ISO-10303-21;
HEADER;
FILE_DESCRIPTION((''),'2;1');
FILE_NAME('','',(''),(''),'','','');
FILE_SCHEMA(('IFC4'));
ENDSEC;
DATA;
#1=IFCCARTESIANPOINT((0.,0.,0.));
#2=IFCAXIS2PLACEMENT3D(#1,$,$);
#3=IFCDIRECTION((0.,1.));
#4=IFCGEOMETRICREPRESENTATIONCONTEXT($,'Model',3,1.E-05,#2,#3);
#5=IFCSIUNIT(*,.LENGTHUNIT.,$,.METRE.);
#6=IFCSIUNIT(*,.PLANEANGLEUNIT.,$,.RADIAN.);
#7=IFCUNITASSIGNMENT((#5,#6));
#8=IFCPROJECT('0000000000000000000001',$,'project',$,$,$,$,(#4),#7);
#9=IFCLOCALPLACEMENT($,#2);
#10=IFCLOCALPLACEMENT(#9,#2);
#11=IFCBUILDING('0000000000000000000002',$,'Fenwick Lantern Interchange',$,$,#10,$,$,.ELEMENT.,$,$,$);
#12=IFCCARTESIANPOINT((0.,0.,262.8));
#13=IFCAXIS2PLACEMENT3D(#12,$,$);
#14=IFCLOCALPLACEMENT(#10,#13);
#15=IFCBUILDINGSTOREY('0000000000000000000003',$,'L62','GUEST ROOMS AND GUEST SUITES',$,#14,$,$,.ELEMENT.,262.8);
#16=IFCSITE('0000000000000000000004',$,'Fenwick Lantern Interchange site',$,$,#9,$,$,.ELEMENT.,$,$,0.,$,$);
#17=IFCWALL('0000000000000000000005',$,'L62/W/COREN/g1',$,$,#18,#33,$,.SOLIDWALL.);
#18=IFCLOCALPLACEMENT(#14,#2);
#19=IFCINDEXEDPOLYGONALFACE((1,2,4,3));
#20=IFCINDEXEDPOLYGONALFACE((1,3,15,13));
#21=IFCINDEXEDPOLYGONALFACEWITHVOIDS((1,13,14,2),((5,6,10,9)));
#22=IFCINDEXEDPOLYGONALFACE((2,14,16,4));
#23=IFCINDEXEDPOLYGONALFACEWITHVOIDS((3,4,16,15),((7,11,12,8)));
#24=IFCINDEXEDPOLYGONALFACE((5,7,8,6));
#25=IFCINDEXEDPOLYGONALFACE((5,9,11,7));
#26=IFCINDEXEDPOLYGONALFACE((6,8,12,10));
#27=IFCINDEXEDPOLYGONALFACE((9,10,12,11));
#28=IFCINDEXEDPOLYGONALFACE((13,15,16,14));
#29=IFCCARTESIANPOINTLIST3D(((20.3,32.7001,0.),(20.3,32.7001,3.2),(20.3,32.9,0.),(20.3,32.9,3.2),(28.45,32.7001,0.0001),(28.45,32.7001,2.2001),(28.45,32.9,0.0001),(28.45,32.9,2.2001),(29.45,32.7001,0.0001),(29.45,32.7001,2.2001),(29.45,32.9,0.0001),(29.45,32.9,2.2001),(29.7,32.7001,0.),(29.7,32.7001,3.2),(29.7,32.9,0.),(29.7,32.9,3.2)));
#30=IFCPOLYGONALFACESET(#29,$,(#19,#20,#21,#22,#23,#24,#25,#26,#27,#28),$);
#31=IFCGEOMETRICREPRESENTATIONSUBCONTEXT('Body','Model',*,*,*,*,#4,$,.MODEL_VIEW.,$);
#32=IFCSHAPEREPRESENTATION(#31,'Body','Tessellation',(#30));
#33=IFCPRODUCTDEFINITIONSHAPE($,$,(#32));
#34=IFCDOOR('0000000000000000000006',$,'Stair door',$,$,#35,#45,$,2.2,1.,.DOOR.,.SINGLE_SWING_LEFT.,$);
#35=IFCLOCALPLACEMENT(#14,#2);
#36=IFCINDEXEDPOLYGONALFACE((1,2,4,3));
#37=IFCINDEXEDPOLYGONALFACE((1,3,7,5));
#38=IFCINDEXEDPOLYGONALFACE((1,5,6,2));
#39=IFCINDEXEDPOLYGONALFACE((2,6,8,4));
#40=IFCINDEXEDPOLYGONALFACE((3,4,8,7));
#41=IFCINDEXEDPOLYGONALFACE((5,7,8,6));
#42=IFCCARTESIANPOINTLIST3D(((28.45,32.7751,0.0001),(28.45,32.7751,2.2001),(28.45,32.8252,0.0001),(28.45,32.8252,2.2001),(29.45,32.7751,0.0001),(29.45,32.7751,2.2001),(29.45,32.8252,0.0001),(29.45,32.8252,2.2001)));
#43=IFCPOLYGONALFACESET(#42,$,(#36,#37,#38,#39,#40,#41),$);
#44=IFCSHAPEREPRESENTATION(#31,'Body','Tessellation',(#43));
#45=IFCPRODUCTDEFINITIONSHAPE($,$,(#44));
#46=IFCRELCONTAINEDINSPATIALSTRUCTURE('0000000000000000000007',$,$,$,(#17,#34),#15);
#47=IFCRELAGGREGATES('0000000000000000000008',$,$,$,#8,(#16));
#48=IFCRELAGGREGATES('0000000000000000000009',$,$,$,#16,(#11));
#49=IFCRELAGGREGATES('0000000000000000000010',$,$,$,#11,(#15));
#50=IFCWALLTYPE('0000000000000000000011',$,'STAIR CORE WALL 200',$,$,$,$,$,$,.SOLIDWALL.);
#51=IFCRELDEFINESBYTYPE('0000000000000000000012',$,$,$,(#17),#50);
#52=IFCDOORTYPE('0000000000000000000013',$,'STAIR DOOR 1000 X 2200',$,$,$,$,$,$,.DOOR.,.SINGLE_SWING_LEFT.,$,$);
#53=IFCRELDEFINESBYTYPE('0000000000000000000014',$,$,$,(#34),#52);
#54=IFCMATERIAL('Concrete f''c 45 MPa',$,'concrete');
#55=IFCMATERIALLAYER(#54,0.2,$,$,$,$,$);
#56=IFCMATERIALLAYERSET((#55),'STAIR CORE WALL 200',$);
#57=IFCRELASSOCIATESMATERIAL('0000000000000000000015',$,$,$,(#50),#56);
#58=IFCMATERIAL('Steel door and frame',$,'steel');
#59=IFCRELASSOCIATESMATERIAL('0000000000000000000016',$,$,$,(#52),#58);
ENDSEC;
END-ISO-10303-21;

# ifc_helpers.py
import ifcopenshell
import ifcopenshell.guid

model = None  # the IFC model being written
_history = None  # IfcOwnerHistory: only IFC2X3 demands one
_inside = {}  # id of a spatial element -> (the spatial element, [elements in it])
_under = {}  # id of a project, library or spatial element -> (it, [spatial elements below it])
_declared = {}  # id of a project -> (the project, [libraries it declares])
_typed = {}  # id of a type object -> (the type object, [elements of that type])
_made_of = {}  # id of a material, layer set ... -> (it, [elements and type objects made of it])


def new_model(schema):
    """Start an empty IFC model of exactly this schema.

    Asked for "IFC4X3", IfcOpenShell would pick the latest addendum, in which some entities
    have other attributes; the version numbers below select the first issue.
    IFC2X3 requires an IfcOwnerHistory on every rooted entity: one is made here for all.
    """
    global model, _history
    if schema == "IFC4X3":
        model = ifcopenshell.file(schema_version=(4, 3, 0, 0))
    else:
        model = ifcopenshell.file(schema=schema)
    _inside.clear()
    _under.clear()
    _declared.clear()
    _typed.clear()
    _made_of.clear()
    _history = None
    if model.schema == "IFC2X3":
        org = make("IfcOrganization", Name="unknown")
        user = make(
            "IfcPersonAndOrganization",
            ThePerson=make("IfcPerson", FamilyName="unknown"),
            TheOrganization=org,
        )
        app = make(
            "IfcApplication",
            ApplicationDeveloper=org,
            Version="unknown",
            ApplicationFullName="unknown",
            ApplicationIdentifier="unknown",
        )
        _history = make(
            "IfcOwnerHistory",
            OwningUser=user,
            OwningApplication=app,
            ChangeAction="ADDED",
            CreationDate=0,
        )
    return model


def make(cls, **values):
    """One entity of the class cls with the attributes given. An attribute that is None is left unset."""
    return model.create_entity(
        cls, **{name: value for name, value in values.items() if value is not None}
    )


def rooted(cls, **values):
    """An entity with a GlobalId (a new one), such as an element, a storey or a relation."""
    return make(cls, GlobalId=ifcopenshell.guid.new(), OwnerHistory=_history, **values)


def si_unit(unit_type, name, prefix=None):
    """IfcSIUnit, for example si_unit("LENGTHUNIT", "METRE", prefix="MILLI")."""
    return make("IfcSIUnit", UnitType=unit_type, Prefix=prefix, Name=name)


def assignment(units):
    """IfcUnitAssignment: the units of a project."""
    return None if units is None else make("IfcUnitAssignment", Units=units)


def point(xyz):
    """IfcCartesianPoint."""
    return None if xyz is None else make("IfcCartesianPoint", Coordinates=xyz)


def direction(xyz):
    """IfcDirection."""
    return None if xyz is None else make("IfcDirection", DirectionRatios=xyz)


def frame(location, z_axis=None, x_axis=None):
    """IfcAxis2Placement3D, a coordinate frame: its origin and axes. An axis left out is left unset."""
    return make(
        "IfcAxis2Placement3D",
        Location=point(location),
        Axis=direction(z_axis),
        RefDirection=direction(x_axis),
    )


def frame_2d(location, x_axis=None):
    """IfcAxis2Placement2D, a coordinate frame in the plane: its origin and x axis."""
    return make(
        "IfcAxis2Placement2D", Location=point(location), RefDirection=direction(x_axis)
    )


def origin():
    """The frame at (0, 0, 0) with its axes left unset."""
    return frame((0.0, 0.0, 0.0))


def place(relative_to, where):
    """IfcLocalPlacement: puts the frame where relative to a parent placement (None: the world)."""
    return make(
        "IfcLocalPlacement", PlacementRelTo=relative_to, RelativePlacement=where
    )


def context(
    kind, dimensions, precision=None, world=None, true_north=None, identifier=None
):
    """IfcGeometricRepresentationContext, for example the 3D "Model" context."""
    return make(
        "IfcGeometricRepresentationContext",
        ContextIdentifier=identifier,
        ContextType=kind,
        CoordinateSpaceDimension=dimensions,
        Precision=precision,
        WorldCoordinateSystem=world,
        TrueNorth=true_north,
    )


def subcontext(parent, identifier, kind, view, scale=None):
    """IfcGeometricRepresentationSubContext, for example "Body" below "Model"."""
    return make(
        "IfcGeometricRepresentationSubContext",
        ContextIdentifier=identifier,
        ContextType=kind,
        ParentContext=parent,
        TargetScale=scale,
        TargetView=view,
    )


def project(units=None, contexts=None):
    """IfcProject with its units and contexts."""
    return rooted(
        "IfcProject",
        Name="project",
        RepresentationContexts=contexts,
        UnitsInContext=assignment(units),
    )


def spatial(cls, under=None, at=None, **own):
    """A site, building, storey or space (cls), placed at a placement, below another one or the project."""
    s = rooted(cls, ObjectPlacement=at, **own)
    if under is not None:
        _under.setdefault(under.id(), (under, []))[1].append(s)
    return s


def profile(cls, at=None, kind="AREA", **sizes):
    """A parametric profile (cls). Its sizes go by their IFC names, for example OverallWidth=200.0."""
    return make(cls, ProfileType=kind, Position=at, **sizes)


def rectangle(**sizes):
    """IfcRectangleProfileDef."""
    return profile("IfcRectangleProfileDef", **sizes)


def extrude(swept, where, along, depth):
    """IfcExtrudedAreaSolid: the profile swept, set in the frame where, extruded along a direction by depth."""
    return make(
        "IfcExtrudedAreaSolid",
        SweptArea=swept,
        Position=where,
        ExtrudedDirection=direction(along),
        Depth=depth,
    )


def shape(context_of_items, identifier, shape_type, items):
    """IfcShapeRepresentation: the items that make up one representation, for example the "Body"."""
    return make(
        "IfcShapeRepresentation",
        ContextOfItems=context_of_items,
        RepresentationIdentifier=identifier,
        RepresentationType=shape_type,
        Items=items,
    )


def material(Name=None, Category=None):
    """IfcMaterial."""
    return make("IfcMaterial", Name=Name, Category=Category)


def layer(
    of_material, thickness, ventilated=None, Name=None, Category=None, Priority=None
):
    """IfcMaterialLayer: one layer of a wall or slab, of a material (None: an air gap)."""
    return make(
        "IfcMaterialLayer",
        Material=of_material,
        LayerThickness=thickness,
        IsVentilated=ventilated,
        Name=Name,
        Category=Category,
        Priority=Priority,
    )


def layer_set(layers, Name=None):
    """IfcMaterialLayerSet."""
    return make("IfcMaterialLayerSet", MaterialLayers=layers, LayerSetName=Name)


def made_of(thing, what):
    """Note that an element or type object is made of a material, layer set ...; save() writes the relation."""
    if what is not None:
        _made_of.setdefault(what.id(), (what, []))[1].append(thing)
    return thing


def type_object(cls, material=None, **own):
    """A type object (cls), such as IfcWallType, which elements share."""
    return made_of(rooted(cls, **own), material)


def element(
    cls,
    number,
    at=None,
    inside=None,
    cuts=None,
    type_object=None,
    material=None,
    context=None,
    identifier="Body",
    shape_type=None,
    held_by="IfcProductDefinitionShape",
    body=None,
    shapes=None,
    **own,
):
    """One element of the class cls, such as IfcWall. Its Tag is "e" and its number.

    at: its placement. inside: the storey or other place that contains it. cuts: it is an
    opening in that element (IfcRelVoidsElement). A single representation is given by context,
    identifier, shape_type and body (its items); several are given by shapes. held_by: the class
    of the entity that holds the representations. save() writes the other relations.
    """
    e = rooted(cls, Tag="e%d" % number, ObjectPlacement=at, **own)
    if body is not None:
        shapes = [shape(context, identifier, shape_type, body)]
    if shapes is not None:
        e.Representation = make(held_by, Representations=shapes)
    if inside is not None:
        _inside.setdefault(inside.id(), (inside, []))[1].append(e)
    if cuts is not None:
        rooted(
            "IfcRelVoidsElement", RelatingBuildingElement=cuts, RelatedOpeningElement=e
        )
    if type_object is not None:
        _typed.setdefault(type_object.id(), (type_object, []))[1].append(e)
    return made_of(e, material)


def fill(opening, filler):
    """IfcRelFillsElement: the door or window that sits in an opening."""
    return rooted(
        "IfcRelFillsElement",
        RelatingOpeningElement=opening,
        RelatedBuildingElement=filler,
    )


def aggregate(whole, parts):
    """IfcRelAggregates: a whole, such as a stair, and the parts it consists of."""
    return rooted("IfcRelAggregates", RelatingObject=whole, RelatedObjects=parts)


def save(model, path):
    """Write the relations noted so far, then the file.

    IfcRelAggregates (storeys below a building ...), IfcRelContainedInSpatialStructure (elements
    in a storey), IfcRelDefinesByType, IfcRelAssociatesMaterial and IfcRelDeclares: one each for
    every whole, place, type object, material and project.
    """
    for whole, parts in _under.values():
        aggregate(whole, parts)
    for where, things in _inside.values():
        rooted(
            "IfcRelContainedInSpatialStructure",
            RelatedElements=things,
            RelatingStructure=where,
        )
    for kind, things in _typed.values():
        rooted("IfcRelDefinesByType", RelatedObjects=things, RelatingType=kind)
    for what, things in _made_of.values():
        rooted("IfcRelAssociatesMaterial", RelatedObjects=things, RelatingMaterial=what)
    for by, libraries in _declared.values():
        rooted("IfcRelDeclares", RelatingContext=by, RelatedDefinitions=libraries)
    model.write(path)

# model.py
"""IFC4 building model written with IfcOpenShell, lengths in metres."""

from ifc_helpers import new_model, si_unit, direction, frame, frame_2d, origin, place, context, subcontext, project, spatial, rectangle, extrude, material, layer, layer_set, type_object, element, fill, save


model = new_model("IFC4")

# Units and contexts
model_context = context("Model", 3, precision=1e-05, world=origin(), true_north=direction((0.0, 1.0)))
body_context = subcontext(model_context, "Body", "Model", "MODEL_VIEW")
ifc_project = project(units=[si_unit("LENGTHUNIT", "METRE"), si_unit("PLANEANGLEUNIT", "RADIAN")], contexts=[model_context])

# Site, building, storey
site_placement = place(None, origin())
site = spatial("IfcSite", under=ifc_project, at=site_placement, Name="Fenwick Lantern Interchange site", CompositionType="ELEMENT", RefElevation=0.0)
building_placement = place(site_placement, origin())
building = spatial("IfcBuilding", under=site, at=building_placement, Name="Fenwick Lantern Interchange", CompositionType="ELEMENT")
storey_placement = place(building_placement, frame((0.0, 0.0, 262.8)))
storey = spatial("IfcBuildingStorey", under=building, at=storey_placement, Name="L62", Description="GUEST ROOMS AND GUEST SUITES", CompositionType="ELEMENT", Elevation=262.8)

# Shared definitions
ifc_material_1 = material(Name="Steel door and frame", Category="steel")
ifc_material_2 = material(Name="Concrete f'c 45 MPa", Category="concrete")
ifc_layer_1 = layer(ifc_material_2, 0.2)
ifc_layer_set_1 = layer_set([ifc_layer_1], Name="STAIR CORE WALL 200")
wall_type_1 = type_object("IfcWallType", Name="STAIR CORE WALL 200", PredefinedType="SOLIDWALL", material=ifc_layer_set_1)

# Wall, opening, door
wall_1_placement = place(storey_placement, frame((29.7, 32.8, 0.0), z_axis=(0.0, 0.0, 1.0), x_axis=(-1.0, 0.0, 0.0)))
wall_1 = element("IfcWall", 1, at=wall_1_placement, inside=storey, type_object=wall_type_1, Name="L62/W/COREN/g1", PredefinedType="SOLIDWALL", context=body_context, shape_type="SweptSolid", body=[
    extrude(rectangle(XDim=9.3999, YDim=0.2, at=frame_2d((4.7, 0.0))), origin(), (0.0, 0.0, 1.0), 3.2),
])
opening_1_placement = place(wall_1_placement, frame((0.25, 0.0, 0.0)))
opening_1 = element("IfcOpeningElement", 2, at=opening_1_placement, cuts=wall_1, PredefinedType="OPENING", context=body_context, shape_type="SweptSolid", body=[
    extrude(rectangle(XDim=1.0, YDim=2.2, at=frame_2d((0.5, 1.1001))), frame((0.0, 0.1099, 0.0), z_axis=(0.0, -1.0, 0.0), x_axis=(1.0, 0.0, 0.0)), (0.0, 0.0, 1.0), 0.22),
])
door_type_1 = type_object("IfcDoorType", Name="STAIR DOOR 1000 X 2200", OperationType="SINGLE_SWING_LEFT", PredefinedType="DOOR", material=ifc_material_1)
door_1_placement = place(opening_1_placement, origin())
door_1 = element("IfcDoor", 3, at=door_1_placement, inside=storey, type_object=door_type_1, Name="Stair door", OperationType="SINGLE_SWING_LEFT", OverallHeight=2.2, OverallWidth=1.0, PredefinedType="DOOR", context=body_context, shape_type="SweptSolid", body=[
    extrude(rectangle(XDim=1.0, YDim=2.2, at=frame_2d((0.5, 1.1001))), frame((0.0, 0.0249, 0.0), z_axis=(0.0, -1.0, 0.0), x_axis=(1.0, 0.0, 0.0)), (0.0, 0.0, 1.0), 0.05),
])
fill(opening_1, door_1)

save(model, "model.ifc")
